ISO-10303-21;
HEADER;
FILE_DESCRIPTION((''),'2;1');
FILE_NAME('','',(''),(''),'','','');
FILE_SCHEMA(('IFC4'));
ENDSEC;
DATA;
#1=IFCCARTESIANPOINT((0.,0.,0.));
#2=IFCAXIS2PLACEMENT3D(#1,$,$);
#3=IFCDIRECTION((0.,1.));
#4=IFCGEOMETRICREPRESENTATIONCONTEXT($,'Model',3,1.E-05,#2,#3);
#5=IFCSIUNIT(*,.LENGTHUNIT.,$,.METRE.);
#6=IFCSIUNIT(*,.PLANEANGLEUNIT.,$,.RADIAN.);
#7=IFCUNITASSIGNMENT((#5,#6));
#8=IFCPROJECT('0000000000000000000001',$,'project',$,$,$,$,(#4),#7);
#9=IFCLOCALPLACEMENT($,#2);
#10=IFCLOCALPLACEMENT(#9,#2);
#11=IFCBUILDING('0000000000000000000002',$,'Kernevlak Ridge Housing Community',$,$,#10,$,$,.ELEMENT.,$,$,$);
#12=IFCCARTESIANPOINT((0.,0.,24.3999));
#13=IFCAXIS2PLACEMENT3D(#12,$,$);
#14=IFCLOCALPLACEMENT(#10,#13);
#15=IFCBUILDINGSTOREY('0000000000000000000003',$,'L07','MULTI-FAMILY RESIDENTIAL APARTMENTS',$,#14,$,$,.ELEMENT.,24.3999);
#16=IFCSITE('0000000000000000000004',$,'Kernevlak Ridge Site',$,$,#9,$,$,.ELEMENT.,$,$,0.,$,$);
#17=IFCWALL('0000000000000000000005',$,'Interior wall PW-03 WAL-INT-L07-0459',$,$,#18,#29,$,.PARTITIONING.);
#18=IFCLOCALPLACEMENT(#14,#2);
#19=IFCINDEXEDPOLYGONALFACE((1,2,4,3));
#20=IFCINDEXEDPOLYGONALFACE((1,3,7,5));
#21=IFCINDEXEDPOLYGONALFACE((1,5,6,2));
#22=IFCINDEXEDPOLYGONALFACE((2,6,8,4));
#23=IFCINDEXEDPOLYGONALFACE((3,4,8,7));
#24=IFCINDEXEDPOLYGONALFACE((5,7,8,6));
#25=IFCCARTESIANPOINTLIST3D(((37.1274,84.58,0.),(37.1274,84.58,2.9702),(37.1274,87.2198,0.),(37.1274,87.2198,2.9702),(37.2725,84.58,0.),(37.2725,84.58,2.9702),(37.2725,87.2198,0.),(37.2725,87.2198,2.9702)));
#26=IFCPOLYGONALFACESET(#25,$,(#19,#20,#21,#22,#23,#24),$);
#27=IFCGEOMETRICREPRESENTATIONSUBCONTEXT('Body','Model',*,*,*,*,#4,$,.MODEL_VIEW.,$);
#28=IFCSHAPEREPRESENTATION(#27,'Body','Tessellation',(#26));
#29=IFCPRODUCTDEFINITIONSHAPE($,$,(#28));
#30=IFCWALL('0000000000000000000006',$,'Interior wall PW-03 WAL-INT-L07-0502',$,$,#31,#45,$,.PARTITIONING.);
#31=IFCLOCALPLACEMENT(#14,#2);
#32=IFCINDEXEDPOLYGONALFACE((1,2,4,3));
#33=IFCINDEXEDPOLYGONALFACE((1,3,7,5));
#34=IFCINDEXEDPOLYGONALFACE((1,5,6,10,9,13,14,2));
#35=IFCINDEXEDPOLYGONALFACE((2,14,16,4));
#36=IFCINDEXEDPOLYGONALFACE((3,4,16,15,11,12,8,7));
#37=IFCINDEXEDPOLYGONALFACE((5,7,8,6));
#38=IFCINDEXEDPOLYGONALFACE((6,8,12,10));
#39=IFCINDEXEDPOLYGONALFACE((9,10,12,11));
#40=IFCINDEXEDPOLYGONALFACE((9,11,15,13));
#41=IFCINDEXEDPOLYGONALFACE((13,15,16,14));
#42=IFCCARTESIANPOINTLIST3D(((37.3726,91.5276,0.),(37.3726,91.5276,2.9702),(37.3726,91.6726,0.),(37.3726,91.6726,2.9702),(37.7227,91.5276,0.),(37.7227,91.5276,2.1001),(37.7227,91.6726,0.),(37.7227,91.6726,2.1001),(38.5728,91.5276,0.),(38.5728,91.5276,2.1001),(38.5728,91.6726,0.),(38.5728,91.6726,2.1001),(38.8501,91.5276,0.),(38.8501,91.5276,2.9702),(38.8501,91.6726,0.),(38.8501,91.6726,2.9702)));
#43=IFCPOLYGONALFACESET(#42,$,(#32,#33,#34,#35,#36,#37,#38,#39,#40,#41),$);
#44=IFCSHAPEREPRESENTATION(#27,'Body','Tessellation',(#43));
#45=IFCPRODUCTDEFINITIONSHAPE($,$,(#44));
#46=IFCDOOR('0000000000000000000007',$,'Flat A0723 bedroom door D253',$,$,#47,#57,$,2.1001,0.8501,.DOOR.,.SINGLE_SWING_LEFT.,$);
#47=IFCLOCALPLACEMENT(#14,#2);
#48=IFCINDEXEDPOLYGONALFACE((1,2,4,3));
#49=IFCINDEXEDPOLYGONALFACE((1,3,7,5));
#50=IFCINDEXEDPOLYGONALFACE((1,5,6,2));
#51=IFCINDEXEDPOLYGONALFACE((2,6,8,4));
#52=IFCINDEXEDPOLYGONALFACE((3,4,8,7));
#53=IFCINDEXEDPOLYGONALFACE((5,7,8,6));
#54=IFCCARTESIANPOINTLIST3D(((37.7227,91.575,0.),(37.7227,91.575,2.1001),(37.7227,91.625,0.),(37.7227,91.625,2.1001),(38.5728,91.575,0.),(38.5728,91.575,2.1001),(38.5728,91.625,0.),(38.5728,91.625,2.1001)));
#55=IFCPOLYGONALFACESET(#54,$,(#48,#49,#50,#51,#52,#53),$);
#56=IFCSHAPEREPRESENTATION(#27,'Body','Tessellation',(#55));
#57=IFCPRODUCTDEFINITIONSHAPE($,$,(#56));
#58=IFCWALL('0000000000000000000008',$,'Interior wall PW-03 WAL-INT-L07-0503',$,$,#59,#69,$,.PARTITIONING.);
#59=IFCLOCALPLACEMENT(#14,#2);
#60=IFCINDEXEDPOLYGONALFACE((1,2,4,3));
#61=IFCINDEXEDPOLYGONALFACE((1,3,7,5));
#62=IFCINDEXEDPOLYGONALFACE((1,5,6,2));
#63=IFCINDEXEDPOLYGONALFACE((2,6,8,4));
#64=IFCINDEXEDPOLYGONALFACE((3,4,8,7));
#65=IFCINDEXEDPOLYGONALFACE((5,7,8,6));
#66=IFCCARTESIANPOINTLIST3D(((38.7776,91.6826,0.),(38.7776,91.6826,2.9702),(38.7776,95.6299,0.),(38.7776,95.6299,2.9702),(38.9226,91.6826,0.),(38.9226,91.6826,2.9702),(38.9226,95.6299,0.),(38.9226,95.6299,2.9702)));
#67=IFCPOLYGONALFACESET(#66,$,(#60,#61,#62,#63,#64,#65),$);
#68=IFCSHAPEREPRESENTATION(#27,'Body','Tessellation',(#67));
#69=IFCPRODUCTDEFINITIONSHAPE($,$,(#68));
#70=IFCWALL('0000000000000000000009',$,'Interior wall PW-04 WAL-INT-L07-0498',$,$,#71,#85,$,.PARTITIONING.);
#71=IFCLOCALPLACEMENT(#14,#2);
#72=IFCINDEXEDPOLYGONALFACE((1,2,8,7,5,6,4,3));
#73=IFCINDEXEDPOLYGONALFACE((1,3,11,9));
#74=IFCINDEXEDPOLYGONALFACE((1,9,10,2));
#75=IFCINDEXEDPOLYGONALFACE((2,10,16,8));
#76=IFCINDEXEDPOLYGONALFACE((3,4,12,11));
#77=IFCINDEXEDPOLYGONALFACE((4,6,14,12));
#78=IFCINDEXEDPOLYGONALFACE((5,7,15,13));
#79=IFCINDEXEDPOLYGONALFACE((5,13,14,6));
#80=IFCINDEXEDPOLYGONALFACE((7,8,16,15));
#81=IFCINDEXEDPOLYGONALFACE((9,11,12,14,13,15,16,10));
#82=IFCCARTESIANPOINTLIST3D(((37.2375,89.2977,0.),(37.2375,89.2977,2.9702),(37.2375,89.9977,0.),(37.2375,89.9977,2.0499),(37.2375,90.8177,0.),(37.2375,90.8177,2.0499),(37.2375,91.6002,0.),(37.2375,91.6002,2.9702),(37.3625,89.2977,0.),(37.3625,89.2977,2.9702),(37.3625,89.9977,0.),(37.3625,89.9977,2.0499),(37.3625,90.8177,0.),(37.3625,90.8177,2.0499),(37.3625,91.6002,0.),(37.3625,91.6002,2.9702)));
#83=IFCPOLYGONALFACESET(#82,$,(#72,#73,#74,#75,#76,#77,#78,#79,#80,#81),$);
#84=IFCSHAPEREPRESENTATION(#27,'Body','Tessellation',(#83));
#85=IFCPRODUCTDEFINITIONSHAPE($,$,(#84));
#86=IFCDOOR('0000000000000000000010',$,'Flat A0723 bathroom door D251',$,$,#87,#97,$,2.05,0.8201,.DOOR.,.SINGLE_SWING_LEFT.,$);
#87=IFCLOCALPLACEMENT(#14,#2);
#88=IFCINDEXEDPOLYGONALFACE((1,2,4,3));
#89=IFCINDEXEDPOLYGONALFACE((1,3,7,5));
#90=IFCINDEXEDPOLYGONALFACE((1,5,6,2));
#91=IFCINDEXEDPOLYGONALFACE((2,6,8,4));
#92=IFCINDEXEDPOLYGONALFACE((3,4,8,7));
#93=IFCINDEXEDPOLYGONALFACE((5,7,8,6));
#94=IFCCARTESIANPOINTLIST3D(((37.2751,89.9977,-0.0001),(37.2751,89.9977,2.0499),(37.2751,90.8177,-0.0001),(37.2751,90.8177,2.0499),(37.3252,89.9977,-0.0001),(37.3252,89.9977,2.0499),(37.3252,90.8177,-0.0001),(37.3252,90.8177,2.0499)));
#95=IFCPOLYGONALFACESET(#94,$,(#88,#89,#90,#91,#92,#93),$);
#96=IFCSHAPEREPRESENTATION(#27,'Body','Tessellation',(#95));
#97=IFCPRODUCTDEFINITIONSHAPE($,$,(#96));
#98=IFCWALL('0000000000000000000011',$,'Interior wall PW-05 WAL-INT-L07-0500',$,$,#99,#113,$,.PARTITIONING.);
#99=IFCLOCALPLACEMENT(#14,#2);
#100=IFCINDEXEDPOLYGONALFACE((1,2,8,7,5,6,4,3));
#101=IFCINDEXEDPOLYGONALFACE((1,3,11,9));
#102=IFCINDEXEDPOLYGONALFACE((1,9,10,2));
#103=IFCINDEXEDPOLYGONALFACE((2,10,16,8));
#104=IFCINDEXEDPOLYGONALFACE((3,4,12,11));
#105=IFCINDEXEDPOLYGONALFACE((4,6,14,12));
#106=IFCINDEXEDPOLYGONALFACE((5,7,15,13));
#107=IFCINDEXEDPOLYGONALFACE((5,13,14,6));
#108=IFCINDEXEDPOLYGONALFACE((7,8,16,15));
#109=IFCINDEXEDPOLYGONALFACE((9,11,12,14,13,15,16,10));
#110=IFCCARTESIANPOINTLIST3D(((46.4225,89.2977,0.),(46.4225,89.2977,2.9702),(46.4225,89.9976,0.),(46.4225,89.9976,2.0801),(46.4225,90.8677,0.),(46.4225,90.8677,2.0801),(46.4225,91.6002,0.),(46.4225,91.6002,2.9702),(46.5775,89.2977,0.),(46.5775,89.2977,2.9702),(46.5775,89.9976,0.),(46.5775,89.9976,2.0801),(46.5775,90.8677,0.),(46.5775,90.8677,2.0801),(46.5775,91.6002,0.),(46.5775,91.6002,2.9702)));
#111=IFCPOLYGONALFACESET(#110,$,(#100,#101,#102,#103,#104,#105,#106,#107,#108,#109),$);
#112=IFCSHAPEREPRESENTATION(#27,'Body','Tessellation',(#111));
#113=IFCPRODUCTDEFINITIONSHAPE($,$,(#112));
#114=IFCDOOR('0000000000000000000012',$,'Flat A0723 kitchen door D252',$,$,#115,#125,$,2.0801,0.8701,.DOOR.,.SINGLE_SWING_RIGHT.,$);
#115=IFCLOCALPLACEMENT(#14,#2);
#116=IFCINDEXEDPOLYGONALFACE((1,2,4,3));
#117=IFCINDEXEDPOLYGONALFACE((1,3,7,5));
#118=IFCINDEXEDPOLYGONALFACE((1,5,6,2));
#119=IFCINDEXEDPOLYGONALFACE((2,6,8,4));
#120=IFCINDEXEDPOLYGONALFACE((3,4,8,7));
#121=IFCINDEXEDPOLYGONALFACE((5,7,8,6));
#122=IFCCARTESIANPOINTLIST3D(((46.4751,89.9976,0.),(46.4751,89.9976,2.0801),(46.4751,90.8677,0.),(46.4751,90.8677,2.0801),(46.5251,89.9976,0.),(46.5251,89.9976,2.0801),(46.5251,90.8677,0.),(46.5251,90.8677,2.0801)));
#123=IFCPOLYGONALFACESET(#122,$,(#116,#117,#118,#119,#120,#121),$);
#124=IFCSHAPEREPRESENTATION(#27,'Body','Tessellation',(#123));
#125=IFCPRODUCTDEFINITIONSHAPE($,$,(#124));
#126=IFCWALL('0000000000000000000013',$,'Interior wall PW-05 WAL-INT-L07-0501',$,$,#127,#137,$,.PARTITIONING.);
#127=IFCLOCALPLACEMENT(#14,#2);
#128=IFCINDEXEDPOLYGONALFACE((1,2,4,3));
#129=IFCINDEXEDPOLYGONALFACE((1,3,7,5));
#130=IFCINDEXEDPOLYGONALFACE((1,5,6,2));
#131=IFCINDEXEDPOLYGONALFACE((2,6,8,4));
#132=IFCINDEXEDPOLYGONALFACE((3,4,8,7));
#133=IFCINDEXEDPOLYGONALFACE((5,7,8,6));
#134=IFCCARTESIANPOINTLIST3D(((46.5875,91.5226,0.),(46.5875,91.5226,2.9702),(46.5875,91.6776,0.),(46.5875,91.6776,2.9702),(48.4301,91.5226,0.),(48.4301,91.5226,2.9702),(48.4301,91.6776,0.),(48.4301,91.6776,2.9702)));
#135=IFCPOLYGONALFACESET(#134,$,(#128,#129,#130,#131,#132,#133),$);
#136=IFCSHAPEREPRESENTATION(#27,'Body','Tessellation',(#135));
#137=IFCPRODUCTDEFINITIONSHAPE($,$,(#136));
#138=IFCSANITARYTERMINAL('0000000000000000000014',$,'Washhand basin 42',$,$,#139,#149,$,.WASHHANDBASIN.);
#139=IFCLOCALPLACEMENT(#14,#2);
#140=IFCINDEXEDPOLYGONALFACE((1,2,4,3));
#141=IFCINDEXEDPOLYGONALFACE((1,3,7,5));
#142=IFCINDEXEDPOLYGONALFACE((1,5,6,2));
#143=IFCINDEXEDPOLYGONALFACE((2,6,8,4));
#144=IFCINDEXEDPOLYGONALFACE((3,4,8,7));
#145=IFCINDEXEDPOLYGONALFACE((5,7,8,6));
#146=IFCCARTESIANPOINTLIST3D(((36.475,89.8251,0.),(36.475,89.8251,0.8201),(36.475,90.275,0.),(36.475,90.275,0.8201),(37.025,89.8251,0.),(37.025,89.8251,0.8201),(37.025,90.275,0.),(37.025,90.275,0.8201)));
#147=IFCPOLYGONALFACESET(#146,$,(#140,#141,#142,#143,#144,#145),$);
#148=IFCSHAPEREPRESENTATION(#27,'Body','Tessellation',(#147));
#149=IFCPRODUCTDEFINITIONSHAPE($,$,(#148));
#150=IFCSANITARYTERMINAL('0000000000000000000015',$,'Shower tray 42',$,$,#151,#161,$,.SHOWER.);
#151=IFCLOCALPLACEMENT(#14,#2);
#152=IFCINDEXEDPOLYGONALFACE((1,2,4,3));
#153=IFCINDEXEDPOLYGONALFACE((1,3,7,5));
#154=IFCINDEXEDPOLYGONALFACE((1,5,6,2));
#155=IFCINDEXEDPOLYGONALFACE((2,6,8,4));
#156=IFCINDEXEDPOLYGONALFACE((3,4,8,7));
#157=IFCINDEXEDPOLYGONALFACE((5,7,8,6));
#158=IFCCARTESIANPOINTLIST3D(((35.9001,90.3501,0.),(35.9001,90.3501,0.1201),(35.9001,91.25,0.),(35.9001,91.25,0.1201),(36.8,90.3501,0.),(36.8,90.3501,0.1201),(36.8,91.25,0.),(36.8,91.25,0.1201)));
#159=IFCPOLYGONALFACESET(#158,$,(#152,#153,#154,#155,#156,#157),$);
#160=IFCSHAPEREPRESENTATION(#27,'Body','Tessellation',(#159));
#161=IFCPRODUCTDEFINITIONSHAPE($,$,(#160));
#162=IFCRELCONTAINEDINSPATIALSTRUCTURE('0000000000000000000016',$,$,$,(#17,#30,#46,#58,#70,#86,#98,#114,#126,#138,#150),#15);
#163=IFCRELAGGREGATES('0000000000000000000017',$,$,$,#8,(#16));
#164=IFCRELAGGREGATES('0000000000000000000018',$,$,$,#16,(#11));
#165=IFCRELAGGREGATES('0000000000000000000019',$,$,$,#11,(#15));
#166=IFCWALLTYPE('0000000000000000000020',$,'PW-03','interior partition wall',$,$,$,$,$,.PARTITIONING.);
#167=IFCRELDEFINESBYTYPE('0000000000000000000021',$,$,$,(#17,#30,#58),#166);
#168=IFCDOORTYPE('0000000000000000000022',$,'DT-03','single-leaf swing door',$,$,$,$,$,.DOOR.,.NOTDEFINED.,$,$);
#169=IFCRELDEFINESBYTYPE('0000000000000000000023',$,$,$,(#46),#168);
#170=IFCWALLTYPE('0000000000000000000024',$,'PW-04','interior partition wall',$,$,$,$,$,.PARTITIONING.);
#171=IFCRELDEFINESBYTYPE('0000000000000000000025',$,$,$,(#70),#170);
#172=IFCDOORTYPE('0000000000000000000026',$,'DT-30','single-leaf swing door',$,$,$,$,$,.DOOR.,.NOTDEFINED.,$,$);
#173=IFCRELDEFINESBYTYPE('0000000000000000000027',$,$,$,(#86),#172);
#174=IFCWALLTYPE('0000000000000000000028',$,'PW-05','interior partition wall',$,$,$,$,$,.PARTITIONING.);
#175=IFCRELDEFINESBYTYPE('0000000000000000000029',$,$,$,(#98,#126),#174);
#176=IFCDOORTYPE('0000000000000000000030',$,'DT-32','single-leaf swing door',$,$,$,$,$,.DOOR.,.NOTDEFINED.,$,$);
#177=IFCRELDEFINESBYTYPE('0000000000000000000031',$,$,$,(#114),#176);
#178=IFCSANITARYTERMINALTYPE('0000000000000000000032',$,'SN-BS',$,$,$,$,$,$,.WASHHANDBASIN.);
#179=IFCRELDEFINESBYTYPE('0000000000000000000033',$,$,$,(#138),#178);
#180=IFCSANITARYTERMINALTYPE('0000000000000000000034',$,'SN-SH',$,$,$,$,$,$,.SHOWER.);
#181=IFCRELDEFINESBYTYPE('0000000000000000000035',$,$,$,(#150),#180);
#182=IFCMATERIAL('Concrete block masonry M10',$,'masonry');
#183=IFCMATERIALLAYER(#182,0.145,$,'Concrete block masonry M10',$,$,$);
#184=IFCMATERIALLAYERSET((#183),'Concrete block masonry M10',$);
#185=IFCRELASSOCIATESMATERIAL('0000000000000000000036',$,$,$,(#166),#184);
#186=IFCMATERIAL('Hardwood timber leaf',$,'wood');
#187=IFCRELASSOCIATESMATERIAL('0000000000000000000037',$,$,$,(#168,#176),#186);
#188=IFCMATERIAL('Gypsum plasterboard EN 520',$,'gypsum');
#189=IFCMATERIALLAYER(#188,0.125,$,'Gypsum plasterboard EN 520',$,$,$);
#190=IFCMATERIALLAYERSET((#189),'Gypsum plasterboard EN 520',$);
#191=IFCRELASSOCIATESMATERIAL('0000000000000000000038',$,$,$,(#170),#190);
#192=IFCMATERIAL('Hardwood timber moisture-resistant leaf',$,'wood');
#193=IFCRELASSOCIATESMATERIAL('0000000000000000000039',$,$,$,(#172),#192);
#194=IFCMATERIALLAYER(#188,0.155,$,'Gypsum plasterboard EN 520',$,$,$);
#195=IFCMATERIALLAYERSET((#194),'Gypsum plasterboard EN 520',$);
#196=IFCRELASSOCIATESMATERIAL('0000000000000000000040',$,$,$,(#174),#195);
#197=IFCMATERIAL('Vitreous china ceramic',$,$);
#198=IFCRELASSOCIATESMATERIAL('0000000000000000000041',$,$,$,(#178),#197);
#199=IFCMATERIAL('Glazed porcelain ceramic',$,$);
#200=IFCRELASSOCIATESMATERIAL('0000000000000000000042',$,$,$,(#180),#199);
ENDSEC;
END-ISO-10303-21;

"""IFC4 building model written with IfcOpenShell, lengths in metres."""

from ifc_helpers import new_model, si_unit, direction, frame, frame_2d, origin, origin_2d, place, context, subcontext, project, spatial, rectangle, extrude, material, layer, layer_set, type_object, element, fill, save


model = new_model("IFC4")

# Units and contexts
model_context = context("Model", 3, precision=1e-05, world=origin(), true_north=direction((0.0, 1.0)))
body_context = subcontext(model_context, "Body", "Model", "MODEL_VIEW")
ifc_project = project(units=[si_unit("LENGTHUNIT", "METRE"), si_unit("PLANEANGLEUNIT", "RADIAN")], contexts=[model_context])

# Site, building, storey
site_placement = place(None, origin())
site = spatial("IfcSite", under=ifc_project, at=site_placement, Name="Kernevlak Ridge Site", CompositionType="ELEMENT", RefElevation=0.0)
building_placement = place(site_placement, origin())
building = spatial("IfcBuilding", under=site, at=building_placement, Name="Kernevlak Ridge Housing Community", CompositionType="ELEMENT")
storey_placement = place(building_placement, frame((0.0, 0.0, 24.3999)))
storey = spatial("IfcBuildingStorey", under=building, at=storey_placement, Name="L07", Description="MULTI-FAMILY RESIDENTIAL APARTMENTS", CompositionType="ELEMENT", Elevation=24.3999)

# Shared definitions
ifc_material_1 = material(Name="Concrete block masonry M10", Category="masonry")

# Wall
ifc_layer_1 = layer(ifc_material_1, 0.145, Name="Concrete block masonry M10")
ifc_layer_set_1 = layer_set([ifc_layer_1], Name="Concrete block masonry M10")
wall_type_1 = type_object("IfcWallType", Name="PW-03", Description="interior partition wall", PredefinedType="PARTITIONING", material=ifc_layer_set_1)
wall_1_placement = place(storey_placement, frame((37.2, 84.5801, 0.0), z_axis=(0.0, 0.0, 1.0), x_axis=(0.0, 1.0, 0.0)))
element("IfcWall", 1, at=wall_1_placement, inside=storey, type_object=wall_type_1, Name="Interior wall PW-03 WAL-INT-L07-0459", PredefinedType="PARTITIONING", context=body_context, shape_type="SweptSolid", body=[
    extrude(rectangle(XDim=2.6399, YDim=0.145, at=frame_2d((1.3198, 0.0))), origin(), (0.0, 0.0, 1.0), 2.9702),
])

# Wall, opening, door
wall_2_placement = place(storey_placement, frame((37.3726, 91.6001, 0.0), z_axis=(0.0, 0.0, 1.0), x_axis=(1.0, 0.0, 0.0)))
wall_2 = element("IfcWall", 2, at=wall_2_placement, inside=storey, type_object=wall_type_1, Name="Interior wall PW-03 WAL-INT-L07-0502", PredefinedType="PARTITIONING", context=body_context, shape_type="SweptSolid", body=[
    extrude(rectangle(XDim=1.4775, YDim=0.145, at=frame_2d((0.7388, 0.0))), origin(), (0.0, 0.0, 1.0), 2.9702),
])
opening_1_placement = place(wall_2_placement, frame((0.3501, 0.0, 0.0)))
opening_1 = element("IfcOpeningElement", 3, at=opening_1_placement, cuts=wall_2, PredefinedType="OPENING", context=body_context, shape_type="SweptSolid", body=[
    extrude(rectangle(XDim=0.8501, YDim=2.1001, at=frame_2d((0.425, 1.05))), frame((0.0, 0.0825, 0.0), z_axis=(0.0, -1.0, 0.0), x_axis=(1.0, 0.0, 0.0)), (0.0, 0.0, 1.0), 0.165),
])
ifc_material_2 = material(Name="Hardwood timber leaf", Category="wood")
door_type_1 = type_object("IfcDoorType", Name="DT-03", Description="single-leaf swing door", OperationType="NOTDEFINED", PredefinedType="DOOR", material=ifc_material_2)
door_1_placement = place(opening_1_placement, origin())
door_1 = element("IfcDoor", 4, at=door_1_placement, inside=storey, type_object=door_type_1, Name="Flat A0723 bedroom door D253", OperationType="SINGLE_SWING_LEFT", OverallHeight=2.1001, OverallWidth=0.8501, PredefinedType="DOOR", context=body_context, shape_type="SweptSolid", body=[
    extrude(rectangle(XDim=0.8501, YDim=2.1001, at=frame_2d((0.425, 1.05))), frame((0.0, 0.0249, 0.0), z_axis=(0.0, -1.0, 0.0), x_axis=(1.0, 0.0, 0.0)), (0.0, 0.0, 1.0), 0.05),
])
fill(opening_1, door_1)

# Wall
wall_3_placement = place(storey_placement, frame((38.8501, 91.6826, 0.0), z_axis=(0.0, 0.0, 1.0), x_axis=(0.0, 1.0, 0.0)))
element("IfcWall", 5, at=wall_3_placement, inside=storey, type_object=wall_type_1, Name="Interior wall PW-03 WAL-INT-L07-0503", PredefinedType="PARTITIONING", context=body_context, shape_type="SweptSolid", body=[
    extrude(rectangle(XDim=3.9473, YDim=0.145, at=frame_2d((1.9736, 0.0))), origin(), (0.0, 0.0, 1.0), 2.9702),
])

# Walls, openings, doors
ifc_material_3 = material(Name="Gypsum plasterboard EN 520", Category="gypsum")
ifc_layer_2 = layer(ifc_material_3, 0.125, Name="Gypsum plasterboard EN 520")
ifc_layer_set_2 = layer_set([ifc_layer_2], Name="Gypsum plasterboard EN 520")
wall_type_2 = type_object("IfcWallType", Name="PW-04", Description="interior partition wall", PredefinedType="PARTITIONING", material=ifc_layer_set_2)
wall_4_placement = place(storey_placement, frame((37.3, 89.2976, 0.0), z_axis=(0.0, 0.0, 1.0), x_axis=(0.0, 1.0, 0.0)))
wall_4 = element("IfcWall", 6, at=wall_4_placement, inside=storey, type_object=wall_type_2, Name="Interior wall PW-04 WAL-INT-L07-0498", PredefinedType="PARTITIONING", context=body_context, shape_type="SweptSolid", body=[
    extrude(rectangle(XDim=2.3025, YDim=0.125, at=frame_2d((1.1514, 0.0))), origin(), (0.0, 0.0, 1.0), 2.9702),
])
opening_2_placement = place(wall_4_placement, frame((0.7, 0.0, 0.0)))
opening_2 = element("IfcOpeningElement", 7, at=opening_2_placement, cuts=wall_4, PredefinedType="OPENING", context=body_context, shape_type="SweptSolid", body=[
    extrude(rectangle(XDim=0.8201, YDim=2.05, at=frame_2d((0.4102, 1.0249))), frame((0.0, 0.0725, 0.0), z_axis=(0.0, -1.0, 0.0), x_axis=(1.0, 0.0, 0.0)), (0.0, 0.0, 1.0), 0.145),
])
ifc_material_4 = material(Name="Hardwood timber moisture-resistant leaf", Category="wood")
door_type_2 = type_object("IfcDoorType", Name="DT-30", Description="single-leaf swing door", OperationType="NOTDEFINED", PredefinedType="DOOR", material=ifc_material_4)
door_2_placement = place(opening_2_placement, origin())
door_2 = element("IfcDoor", 8, at=door_2_placement, inside=storey, type_object=door_type_2, Name="Flat A0723 bathroom door D251", OperationType="SINGLE_SWING_LEFT", OverallHeight=2.05, OverallWidth=0.8201, PredefinedType="DOOR", context=body_context, shape_type="SweptSolid", body=[
    extrude(rectangle(XDim=0.8201, YDim=2.05, at=frame_2d((0.4102, 1.0249))), frame((0.0, 0.0249, 0.0), z_axis=(0.0, -1.0, 0.0), x_axis=(1.0, 0.0, 0.0)), (0.0, 0.0, 1.0), 0.05),
])
fill(opening_2, door_2)
ifc_layer_3 = layer(ifc_material_3, 0.155, Name="Gypsum plasterboard EN 520")
ifc_layer_set_3 = layer_set([ifc_layer_3], Name="Gypsum plasterboard EN 520")
wall_type_3 = type_object("IfcWallType", Name="PW-05", Description="interior partition wall", PredefinedType="PARTITIONING", material=ifc_layer_set_3)
wall_5_placement = place(storey_placement, frame((46.5, 89.2976, 0.0), z_axis=(0.0, 0.0, 1.0), x_axis=(0.0, 1.0, 0.0)))
wall_5 = element("IfcWall", 9, at=wall_5_placement, inside=storey, type_object=wall_type_3, Name="Interior wall PW-05 WAL-INT-L07-0500", PredefinedType="PARTITIONING", context=body_context, shape_type="SweptSolid", body=[
    extrude(rectangle(XDim=2.3025, YDim=0.155, at=frame_2d((1.1514, 0.0))), origin(), (0.0, 0.0, 1.0), 2.9702),
])
opening_3_placement = place(wall_5_placement, frame((0.7, 0.0, 0.0)))
opening_3 = element("IfcOpeningElement", 10, at=opening_3_placement, cuts=wall_5, PredefinedType="OPENING", context=body_context, shape_type="SweptSolid", body=[
    extrude(rectangle(XDim=0.8701, YDim=2.0801, at=frame_2d((0.4351, 1.04))), frame((0.0, 0.0874, 0.0), z_axis=(0.0, -1.0, 0.0), x_axis=(1.0, 0.0, 0.0)), (0.0, 0.0, 1.0), 0.175),
])
door_type_3 = type_object("IfcDoorType", Name="DT-32", Description="single-leaf swing door", OperationType="NOTDEFINED", PredefinedType="DOOR", material=ifc_material_2)
door_3_placement = place(opening_3_placement, origin())
door_3 = element("IfcDoor", 11, at=door_3_placement, inside=storey, type_object=door_type_3, Name="Flat A0723 kitchen door D252", OperationType="SINGLE_SWING_RIGHT", OverallHeight=2.0801, OverallWidth=0.8701, PredefinedType="DOOR", context=body_context, shape_type="SweptSolid", body=[
    extrude(rectangle(XDim=0.8701, YDim=2.0801, at=frame_2d((0.4351, 1.04))), frame((0.0, 0.0249, 0.0), z_axis=(0.0, -1.0, 0.0), x_axis=(1.0, 0.0, 0.0)), (0.0, 0.0, 1.0), 0.05),
])
fill(opening_3, door_3)

# Wall
wall_6_placement = place(storey_placement, frame((46.5874, 91.6001, 0.0), z_axis=(0.0, 0.0, 1.0), x_axis=(1.0, 0.0, 0.0)))
element("IfcWall", 12, at=wall_6_placement, inside=storey, type_object=wall_type_3, Name="Interior wall PW-05 WAL-INT-L07-0501", PredefinedType="PARTITIONING", context=body_context, shape_type="SweptSolid", body=[
    extrude(rectangle(XDim=1.8425, YDim=0.155, at=frame_2d((0.9214, 0.0))), origin(), (0.0, 0.0, 1.0), 2.9702),
])

# Sanitary terminals
ifc_material_5 = material(Name="Vitreous china ceramic")
sanitary_terminal_type_1 = type_object("IfcSanitaryTerminalType", Name="SN-BS", PredefinedType="WASHHANDBASIN", material=ifc_material_5)
sanitary_terminal_1_placement = place(storey_placement, frame((36.75, 90.05, 0.0), z_axis=(0.0, 0.0, 1.0), x_axis=(1.0, 0.0, 0.0)))
element("IfcSanitaryTerminal", 13, at=sanitary_terminal_1_placement, inside=storey, type_object=sanitary_terminal_type_1, Name="Washhand basin 42", PredefinedType="WASHHANDBASIN", context=body_context, shape_type="SweptSolid", body=[
    extrude(rectangle(XDim=0.55, YDim=0.45, at=origin_2d()), origin(), (0.0, 0.0, 1.0), 0.8201),
])
ifc_material_6 = material(Name="Glazed porcelain ceramic")
sanitary_terminal_type_2 = type_object("IfcSanitaryTerminalType", Name="SN-SH", PredefinedType="SHOWER", material=ifc_material_6)
sanitary_terminal_2_placement = place(storey_placement, frame((36.3501, 90.8, 0.0), z_axis=(0.0, 0.0, 1.0), x_axis=(1.0, 0.0, 0.0)))
element("IfcSanitaryTerminal", 14, at=sanitary_terminal_2_placement, inside=storey, type_object=sanitary_terminal_type_2, Name="Shower tray 42", PredefinedType="SHOWER", context=body_context, shape_type="SweptSolid", body=[
    extrude(rectangle(XDim=0.8999, YDim=0.8999, at=origin_2d()), origin(), (0.0, 0.0, 1.0), 0.1201),
])

save(model, "model.ifc")
